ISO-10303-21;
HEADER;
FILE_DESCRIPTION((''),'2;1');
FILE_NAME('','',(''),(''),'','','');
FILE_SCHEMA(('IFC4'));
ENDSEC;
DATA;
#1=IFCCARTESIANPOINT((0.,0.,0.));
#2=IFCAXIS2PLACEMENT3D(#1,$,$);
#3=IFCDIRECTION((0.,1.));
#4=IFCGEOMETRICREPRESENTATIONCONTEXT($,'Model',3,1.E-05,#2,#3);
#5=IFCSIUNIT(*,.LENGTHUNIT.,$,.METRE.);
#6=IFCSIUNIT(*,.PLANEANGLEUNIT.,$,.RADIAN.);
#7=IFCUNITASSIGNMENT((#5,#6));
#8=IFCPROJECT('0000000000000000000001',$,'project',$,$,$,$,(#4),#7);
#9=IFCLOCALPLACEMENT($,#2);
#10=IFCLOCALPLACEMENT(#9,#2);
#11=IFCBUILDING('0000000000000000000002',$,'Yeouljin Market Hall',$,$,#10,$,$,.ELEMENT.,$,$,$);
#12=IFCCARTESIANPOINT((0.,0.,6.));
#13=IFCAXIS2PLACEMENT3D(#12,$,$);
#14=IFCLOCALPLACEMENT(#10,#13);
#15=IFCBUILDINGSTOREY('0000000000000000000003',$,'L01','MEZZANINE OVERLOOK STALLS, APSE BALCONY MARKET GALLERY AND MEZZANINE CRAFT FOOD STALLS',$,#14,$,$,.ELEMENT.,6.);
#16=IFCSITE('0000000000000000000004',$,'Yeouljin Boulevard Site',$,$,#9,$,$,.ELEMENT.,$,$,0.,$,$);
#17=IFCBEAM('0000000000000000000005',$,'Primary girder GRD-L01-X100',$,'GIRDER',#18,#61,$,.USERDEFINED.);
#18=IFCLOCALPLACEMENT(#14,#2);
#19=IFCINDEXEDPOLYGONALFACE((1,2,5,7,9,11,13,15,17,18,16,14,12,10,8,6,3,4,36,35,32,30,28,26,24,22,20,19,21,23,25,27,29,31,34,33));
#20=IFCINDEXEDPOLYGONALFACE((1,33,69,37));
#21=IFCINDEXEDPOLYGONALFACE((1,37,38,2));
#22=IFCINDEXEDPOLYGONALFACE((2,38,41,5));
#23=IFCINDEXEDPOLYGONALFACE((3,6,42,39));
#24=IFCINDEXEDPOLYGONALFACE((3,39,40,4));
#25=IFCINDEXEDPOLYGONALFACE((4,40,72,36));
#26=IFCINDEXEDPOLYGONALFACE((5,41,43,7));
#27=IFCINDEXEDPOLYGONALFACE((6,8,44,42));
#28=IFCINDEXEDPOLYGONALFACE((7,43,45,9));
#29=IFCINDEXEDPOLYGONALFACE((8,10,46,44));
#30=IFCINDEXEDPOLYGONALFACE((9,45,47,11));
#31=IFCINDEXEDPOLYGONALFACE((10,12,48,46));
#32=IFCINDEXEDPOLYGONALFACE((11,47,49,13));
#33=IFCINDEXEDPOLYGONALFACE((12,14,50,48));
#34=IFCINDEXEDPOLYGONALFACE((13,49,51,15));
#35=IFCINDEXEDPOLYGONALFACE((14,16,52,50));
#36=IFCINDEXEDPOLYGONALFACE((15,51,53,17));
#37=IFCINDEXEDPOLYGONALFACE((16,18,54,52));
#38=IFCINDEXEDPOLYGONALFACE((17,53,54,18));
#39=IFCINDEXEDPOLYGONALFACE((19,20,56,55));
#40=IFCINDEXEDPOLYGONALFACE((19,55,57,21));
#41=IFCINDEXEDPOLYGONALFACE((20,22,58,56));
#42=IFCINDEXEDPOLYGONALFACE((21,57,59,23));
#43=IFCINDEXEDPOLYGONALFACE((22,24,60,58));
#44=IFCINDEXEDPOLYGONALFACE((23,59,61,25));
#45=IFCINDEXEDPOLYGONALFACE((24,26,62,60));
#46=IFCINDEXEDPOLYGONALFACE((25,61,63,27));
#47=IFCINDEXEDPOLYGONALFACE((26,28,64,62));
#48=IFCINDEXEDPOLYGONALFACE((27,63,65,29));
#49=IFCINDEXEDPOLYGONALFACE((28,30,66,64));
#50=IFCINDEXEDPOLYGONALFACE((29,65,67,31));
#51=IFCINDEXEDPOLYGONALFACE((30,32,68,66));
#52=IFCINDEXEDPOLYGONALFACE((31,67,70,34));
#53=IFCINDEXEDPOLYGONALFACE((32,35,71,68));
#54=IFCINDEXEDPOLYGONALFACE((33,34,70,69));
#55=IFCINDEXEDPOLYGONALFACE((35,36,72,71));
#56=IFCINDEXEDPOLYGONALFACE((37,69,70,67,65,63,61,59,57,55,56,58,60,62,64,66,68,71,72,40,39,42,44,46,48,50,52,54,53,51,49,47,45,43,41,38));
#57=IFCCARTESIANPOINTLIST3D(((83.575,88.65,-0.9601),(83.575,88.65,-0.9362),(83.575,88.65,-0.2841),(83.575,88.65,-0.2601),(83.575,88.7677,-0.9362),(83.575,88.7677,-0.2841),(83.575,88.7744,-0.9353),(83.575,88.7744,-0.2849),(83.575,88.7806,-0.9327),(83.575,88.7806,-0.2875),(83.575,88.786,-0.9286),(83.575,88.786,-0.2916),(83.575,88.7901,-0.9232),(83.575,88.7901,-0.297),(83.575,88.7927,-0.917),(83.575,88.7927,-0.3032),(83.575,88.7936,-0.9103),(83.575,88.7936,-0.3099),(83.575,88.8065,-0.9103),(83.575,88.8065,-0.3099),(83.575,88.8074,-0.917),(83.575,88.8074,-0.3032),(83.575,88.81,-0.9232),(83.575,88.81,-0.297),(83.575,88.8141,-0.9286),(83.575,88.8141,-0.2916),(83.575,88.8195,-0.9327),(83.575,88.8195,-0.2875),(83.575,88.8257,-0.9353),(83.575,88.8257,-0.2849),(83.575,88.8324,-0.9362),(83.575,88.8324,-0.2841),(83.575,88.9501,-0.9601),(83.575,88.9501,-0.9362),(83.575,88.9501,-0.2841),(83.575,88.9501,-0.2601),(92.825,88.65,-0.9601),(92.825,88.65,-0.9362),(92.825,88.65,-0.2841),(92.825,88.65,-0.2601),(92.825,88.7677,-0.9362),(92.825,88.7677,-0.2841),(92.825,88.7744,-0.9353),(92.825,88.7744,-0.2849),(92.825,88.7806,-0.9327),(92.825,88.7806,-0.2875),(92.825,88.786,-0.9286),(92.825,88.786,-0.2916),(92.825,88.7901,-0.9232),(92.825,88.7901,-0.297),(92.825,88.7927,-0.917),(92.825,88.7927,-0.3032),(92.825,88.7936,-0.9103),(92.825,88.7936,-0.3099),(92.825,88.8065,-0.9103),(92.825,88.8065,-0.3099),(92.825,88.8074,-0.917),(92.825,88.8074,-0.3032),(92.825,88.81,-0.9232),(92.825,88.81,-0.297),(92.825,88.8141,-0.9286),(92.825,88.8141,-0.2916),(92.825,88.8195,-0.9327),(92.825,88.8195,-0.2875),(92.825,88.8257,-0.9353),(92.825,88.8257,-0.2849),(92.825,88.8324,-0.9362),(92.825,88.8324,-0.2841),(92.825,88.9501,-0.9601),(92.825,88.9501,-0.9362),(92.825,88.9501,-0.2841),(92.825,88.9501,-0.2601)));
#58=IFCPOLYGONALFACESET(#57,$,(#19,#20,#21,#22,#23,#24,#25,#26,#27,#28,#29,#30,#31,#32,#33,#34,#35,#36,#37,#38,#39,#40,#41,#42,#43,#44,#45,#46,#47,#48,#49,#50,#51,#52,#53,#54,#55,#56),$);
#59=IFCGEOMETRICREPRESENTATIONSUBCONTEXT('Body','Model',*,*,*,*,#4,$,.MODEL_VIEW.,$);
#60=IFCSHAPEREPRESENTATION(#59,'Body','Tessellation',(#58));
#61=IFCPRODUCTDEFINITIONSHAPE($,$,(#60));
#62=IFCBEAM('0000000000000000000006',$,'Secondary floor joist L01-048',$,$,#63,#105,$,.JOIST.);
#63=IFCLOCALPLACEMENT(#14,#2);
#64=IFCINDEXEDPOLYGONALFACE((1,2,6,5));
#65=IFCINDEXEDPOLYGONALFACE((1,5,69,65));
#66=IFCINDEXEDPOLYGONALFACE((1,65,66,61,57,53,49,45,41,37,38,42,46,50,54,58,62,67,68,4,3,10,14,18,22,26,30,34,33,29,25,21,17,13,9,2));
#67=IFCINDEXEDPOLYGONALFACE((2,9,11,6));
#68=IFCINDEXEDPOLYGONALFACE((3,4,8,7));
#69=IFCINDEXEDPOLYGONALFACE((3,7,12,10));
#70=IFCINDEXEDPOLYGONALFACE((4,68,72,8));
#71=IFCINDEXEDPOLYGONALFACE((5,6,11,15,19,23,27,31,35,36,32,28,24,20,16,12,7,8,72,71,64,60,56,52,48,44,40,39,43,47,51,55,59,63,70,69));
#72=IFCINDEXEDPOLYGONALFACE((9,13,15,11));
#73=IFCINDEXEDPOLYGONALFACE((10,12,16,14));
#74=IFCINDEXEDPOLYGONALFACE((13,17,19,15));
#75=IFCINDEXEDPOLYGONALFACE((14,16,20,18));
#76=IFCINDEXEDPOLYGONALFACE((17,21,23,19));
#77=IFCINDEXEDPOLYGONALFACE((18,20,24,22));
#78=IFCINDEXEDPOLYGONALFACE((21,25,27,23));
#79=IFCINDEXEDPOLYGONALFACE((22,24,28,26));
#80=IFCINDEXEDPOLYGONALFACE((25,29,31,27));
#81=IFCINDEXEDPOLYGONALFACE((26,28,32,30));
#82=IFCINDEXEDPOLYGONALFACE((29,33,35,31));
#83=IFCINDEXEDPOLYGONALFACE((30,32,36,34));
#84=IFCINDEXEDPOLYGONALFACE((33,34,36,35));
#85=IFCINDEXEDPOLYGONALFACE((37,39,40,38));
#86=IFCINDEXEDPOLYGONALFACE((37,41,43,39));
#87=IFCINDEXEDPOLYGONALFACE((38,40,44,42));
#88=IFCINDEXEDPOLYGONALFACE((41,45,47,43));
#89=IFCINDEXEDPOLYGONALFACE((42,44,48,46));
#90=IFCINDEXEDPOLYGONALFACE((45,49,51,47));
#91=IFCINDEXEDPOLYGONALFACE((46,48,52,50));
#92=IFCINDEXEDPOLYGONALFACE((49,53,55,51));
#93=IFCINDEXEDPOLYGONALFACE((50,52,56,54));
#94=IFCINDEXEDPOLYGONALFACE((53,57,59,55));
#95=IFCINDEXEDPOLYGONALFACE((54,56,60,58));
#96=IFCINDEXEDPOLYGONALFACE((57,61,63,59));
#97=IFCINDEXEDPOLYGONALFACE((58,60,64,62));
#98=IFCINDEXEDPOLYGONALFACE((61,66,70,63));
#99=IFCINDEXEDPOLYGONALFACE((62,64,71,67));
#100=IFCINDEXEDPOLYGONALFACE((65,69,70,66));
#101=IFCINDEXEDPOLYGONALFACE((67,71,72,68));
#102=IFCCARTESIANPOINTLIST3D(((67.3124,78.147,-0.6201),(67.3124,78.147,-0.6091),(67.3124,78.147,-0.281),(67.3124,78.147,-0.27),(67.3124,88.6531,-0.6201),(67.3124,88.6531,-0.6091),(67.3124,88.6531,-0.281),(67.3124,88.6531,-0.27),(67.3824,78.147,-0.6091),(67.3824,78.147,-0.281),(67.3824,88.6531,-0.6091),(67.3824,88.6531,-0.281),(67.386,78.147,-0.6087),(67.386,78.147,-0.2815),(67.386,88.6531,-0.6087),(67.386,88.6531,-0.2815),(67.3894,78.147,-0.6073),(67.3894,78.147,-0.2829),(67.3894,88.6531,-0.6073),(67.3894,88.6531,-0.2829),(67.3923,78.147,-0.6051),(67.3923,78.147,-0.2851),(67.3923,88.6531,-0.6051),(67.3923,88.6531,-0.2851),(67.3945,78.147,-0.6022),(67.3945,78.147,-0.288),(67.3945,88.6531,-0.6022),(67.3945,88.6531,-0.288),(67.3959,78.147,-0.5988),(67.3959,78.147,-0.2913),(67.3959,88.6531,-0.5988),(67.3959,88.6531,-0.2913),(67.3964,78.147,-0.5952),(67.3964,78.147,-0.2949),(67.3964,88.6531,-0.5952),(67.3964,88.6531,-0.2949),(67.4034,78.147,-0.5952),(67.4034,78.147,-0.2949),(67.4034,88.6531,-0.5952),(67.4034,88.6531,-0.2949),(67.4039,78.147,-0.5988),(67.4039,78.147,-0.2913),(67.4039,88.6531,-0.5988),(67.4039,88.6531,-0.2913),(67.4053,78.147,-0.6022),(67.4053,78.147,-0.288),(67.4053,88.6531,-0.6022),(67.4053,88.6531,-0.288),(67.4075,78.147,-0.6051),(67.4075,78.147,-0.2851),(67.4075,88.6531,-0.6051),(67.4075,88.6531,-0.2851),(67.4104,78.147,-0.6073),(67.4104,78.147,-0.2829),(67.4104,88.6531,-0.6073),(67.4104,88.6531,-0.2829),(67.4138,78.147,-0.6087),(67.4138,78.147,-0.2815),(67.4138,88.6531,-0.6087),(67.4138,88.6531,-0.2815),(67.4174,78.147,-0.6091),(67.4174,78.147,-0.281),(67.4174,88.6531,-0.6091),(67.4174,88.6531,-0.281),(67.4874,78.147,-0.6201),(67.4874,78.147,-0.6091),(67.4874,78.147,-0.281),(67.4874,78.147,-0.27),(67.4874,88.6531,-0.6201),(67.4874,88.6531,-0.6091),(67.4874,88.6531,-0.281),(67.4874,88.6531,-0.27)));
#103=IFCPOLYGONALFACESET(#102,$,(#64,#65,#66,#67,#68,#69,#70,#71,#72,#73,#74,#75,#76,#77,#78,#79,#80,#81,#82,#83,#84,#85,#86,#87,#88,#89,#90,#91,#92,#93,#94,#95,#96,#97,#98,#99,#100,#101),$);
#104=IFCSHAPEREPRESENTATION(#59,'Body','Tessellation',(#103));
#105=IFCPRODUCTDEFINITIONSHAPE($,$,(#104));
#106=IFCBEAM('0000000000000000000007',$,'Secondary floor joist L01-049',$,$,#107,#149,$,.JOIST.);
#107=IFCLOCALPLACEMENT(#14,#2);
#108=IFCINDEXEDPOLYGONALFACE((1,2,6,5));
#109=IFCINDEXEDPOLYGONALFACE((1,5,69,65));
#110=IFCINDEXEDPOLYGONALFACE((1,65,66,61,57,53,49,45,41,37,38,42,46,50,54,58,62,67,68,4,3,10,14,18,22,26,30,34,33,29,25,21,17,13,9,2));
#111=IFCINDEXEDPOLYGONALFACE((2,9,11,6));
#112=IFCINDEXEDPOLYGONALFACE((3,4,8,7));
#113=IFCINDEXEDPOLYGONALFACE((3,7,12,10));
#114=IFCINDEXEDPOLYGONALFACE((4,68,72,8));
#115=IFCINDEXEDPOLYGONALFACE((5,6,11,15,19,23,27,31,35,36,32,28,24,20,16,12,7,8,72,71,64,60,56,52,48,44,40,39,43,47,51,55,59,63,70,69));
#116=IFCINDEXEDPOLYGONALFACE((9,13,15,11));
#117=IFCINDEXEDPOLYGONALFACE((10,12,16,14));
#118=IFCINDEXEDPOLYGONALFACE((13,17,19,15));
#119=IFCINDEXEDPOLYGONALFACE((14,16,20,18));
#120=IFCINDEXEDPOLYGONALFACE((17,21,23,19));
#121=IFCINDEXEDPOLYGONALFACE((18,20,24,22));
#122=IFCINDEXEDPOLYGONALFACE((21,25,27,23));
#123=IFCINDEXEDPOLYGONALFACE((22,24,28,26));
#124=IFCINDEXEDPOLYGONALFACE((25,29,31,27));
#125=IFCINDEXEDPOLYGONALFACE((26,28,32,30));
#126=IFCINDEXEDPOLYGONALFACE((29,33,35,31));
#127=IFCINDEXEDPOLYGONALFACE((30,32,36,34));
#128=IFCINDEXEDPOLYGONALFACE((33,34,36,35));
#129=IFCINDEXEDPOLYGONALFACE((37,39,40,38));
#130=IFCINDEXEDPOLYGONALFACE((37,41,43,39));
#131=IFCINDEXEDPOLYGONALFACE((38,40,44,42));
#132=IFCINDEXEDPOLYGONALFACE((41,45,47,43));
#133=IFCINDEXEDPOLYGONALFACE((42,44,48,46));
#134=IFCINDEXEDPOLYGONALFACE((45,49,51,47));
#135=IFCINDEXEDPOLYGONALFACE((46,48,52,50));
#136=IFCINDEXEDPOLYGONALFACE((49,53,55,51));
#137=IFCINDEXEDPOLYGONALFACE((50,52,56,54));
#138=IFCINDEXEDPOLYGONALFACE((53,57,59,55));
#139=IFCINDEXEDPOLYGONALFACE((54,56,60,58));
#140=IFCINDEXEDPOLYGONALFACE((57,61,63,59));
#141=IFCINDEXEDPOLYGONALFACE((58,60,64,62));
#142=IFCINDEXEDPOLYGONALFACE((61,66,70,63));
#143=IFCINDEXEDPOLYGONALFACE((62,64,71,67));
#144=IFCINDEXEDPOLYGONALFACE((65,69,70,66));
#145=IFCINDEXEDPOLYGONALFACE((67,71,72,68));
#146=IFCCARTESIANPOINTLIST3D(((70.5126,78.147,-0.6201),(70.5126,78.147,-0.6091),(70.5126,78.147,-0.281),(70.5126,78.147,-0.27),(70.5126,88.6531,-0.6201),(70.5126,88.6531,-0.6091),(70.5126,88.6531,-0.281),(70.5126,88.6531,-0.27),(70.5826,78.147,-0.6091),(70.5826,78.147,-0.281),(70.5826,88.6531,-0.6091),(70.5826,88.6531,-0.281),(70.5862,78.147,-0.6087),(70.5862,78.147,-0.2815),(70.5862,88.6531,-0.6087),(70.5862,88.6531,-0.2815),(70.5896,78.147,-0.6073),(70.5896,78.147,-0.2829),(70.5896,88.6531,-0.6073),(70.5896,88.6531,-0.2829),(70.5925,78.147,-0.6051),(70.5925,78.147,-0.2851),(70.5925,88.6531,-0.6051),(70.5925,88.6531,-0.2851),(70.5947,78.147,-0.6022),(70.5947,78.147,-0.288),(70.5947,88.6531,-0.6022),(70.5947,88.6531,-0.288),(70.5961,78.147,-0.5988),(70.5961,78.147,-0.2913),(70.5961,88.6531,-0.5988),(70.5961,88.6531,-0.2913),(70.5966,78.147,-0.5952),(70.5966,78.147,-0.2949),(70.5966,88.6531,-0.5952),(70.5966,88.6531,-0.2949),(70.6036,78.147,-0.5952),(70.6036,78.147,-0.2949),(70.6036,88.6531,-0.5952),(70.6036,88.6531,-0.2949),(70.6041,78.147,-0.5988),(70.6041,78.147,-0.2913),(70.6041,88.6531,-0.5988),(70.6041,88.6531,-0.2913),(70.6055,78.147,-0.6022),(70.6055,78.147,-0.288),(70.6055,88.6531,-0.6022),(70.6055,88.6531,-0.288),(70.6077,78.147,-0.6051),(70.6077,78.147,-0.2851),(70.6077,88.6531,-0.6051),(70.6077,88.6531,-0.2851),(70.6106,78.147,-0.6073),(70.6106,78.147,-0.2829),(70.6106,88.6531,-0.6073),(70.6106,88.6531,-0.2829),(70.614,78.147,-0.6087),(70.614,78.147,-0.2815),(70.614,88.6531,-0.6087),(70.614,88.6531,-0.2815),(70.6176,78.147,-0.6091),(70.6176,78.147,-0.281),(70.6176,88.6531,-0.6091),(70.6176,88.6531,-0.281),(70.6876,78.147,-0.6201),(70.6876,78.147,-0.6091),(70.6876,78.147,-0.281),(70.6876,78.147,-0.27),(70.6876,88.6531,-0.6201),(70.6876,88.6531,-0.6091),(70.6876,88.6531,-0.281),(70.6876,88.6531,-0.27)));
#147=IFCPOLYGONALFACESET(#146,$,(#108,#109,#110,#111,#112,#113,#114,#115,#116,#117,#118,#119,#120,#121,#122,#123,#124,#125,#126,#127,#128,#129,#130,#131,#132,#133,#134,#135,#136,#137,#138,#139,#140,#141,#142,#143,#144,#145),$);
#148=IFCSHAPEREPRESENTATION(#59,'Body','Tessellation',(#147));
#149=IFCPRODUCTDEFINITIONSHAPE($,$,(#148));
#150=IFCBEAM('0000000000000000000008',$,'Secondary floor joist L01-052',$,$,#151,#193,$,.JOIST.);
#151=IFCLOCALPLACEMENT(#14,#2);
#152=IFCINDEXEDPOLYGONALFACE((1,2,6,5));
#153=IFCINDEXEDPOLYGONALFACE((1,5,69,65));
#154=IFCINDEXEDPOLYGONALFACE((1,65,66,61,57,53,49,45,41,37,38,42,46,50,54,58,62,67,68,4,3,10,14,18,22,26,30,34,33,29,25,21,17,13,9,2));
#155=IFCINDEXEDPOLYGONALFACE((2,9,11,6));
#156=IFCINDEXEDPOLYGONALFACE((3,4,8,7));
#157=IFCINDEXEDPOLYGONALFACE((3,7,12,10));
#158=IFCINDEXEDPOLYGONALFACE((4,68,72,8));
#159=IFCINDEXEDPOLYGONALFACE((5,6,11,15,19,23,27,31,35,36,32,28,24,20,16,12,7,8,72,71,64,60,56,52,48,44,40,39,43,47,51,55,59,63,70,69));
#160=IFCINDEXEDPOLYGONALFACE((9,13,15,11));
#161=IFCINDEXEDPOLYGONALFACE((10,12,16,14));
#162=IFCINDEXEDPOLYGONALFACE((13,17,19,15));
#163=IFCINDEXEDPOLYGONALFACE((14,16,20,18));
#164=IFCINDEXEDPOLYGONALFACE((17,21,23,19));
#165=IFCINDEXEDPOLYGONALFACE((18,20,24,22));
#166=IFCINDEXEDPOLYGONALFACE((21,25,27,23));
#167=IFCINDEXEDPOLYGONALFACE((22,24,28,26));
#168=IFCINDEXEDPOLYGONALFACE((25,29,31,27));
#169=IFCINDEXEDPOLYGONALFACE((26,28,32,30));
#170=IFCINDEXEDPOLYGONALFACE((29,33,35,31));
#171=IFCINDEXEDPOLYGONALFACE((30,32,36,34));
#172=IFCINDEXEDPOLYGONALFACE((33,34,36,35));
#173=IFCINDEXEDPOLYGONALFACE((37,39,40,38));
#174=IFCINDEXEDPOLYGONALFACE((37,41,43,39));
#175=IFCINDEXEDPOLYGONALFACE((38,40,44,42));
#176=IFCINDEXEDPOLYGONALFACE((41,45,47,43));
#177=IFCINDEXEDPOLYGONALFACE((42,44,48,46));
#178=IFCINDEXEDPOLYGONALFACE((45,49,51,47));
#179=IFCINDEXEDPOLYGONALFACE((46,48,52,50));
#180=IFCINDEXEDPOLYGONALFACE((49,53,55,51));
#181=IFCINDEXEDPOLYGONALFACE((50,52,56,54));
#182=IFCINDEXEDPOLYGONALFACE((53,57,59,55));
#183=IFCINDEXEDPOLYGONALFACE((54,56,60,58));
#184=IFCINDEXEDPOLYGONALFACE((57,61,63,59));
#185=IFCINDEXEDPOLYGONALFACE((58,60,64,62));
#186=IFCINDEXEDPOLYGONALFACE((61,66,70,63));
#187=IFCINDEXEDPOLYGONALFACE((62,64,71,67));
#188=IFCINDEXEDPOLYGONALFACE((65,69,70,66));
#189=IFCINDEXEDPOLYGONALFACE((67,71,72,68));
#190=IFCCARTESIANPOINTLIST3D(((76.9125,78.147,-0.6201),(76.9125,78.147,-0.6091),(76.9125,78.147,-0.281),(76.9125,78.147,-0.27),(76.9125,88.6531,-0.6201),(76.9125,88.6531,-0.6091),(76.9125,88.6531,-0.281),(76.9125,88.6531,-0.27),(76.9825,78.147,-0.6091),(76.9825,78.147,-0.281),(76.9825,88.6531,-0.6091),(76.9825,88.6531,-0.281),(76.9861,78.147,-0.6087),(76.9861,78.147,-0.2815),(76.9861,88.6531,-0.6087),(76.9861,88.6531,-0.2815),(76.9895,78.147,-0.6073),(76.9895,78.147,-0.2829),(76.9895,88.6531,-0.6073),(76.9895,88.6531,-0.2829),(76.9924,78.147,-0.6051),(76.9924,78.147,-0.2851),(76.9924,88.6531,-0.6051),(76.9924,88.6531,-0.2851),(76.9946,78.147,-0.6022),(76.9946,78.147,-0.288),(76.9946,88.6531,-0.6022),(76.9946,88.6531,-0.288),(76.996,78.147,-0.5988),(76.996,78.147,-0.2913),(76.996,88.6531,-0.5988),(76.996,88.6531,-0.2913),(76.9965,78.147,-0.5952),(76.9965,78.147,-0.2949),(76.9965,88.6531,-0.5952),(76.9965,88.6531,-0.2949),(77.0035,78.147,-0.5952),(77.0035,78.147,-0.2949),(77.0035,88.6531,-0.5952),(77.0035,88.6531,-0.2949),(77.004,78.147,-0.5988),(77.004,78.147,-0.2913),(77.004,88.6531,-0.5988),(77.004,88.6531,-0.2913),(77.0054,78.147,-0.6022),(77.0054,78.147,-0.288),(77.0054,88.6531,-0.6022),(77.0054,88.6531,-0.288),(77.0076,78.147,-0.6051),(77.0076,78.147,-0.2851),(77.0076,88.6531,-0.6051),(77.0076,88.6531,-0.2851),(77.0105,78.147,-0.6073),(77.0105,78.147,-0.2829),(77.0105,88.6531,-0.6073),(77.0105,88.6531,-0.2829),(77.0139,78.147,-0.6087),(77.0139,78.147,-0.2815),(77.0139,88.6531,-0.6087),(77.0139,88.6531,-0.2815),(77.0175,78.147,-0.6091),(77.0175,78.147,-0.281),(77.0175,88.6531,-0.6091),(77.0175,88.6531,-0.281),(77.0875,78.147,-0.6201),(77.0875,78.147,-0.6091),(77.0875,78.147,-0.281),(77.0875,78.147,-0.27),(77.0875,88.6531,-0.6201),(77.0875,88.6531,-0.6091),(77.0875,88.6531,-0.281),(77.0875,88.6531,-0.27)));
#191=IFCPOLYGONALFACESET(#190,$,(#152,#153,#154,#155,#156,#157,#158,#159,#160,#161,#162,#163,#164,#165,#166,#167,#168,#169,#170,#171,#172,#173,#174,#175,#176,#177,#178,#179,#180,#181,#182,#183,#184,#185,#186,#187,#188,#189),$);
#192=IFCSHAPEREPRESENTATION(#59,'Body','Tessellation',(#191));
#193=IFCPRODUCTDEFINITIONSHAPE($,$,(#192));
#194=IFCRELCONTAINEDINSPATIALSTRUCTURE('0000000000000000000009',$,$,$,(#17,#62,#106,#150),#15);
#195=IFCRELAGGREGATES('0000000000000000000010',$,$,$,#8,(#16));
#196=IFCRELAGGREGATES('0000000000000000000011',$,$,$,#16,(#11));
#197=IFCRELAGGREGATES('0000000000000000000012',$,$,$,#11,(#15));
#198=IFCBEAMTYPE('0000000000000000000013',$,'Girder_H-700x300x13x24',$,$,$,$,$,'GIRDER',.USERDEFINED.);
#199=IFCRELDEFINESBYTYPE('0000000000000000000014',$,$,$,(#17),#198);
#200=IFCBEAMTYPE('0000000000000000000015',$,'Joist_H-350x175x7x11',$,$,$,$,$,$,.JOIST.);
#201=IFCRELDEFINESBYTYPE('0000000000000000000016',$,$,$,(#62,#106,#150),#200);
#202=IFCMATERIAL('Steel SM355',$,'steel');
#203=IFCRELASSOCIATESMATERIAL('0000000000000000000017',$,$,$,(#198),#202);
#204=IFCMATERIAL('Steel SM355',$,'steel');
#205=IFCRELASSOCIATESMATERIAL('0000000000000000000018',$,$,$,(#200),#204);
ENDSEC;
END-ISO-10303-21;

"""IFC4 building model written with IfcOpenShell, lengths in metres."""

from ifc_helpers import new_model, si_unit, direction, frame, origin, origin_2d, place, context, subcontext, project, spatial, i_section, extrude, material, material_profile, profile_set, type_object, element, save


model = new_model("IFC4")

# Units and contexts
model_context = context("Model", 3, precision=1e-05, world=origin(), true_north=direction((0.0, 1.0)))
body_context = subcontext(model_context, "Body", "Model", "MODEL_VIEW")
ifc_project = project(units=[si_unit("LENGTHUNIT", "METRE"), si_unit("PLANEANGLEUNIT", "RADIAN")], contexts=[model_context])

# Site, building, storey
site_placement = place(None, origin())
site = spatial("IfcSite", under=ifc_project, at=site_placement, Name="Yeouljin Boulevard Site", CompositionType="ELEMENT", RefElevation=0.0)
building_placement = place(site_placement, origin())
building = spatial("IfcBuilding", under=site, at=building_placement, Name="Yeouljin Market Hall", CompositionType="ELEMENT")
storey_placement = place(building_placement, frame((0.0, 0.0, 6.0)))
storey = spatial("IfcBuildingStorey", under=building, at=storey_placement, Name="L01", Description="MEZZANINE OVERLOOK STALLS, APSE BALCONY MARKET GALLERY AND MEZZANINE CRAFT FOOD STALLS", CompositionType="ELEMENT", Elevation=6.0)

# Beams
ifc_material_1 = material(Name="Steel SM355", Category="steel")
ifc_material_profile_1 = material_profile(ifc_material_1, i_section(OverallWidth=0.3, OverallDepth=0.7, WebThickness=0.0129, FlangeThickness=0.0239, FilletRadius=0.0259, at=origin_2d()), Name="H-700x300x13x24")
ifc_profile_set_1 = profile_set([ifc_material_profile_1], Name="Steel SM355")
beam_type_1 = type_object("IfcBeamType", Name="Girder_H-700x300x13x24", ElementType="GIRDER", PredefinedType="USERDEFINED", material=ifc_profile_set_1)
for number, where, z_axis, x_axis, name in (
    (1, (83.575, 88.8, -0.6101), (1.0, 0.0, 0.0), (0.0, 1.0, 0.0), "Primary girder GRD-L01-X100"),
):
    element("IfcBeam", number, at=place(storey_placement, frame(where, z_axis=z_axis, x_axis=x_axis)), inside=storey, type_object=beam_type_1, Name=name, ObjectType="GIRDER", PredefinedType="USERDEFINED", context=body_context, shape_type="SweptSolid", body=[
        extrude(i_section(OverallWidth=0.3, OverallDepth=0.7, WebThickness=0.0129, FlangeThickness=0.0239, FilletRadius=0.0259, at=origin_2d()), origin(), (0.0, 0.0, 1.0), 9.25),
    ])
ifc_material_2 = material(Name="Steel SM355", Category="steel")
ifc_material_profile_2 = material_profile(ifc_material_2, i_section(OverallWidth=0.175, OverallDepth=0.3501, WebThickness=0.0071, FlangeThickness=0.011, FilletRadius=0.0139, at=origin_2d()), Name="H-350x175x7x11")
ifc_profile_set_2 = profile_set([ifc_material_profile_2], Name="Steel SM355")
beam_type_2 = type_object("IfcBeamType", Name="Joist_H-350x175x7x11", PredefinedType="JOIST", material=ifc_profile_set_2)
for number, where, z_axis, x_axis, name in (
    (2, (67.3999, 78.147, -0.4451), (0.0, 1.0, 0.0), (-1.0, 0.0, 0.0), "Secondary floor joist L01-048"),
    (3, (70.6001, 78.147, -0.4451), (0.0, 1.0, 0.0), (-1.0, 0.0, 0.0), "Secondary floor joist L01-049"),
    (4, (77.0, 78.147, -0.4451), (0.0, 1.0, 0.0), (-1.0, 0.0, 0.0), "Secondary floor joist L01-052"),
):
    element("IfcBeam", number, at=place(storey_placement, frame(where, z_axis=z_axis, x_axis=x_axis)), inside=storey, type_object=beam_type_2, Name=name, PredefinedType="JOIST", context=body_context, shape_type="SweptSolid", body=[
        extrude(i_section(OverallWidth=0.175, OverallDepth=0.3501, WebThickness=0.0071, FlangeThickness=0.011, FilletRadius=0.0139, at=origin_2d()), origin(), (0.0, 0.0, 1.0), 10.5061),
    ])

save(model, "model.ifc")
